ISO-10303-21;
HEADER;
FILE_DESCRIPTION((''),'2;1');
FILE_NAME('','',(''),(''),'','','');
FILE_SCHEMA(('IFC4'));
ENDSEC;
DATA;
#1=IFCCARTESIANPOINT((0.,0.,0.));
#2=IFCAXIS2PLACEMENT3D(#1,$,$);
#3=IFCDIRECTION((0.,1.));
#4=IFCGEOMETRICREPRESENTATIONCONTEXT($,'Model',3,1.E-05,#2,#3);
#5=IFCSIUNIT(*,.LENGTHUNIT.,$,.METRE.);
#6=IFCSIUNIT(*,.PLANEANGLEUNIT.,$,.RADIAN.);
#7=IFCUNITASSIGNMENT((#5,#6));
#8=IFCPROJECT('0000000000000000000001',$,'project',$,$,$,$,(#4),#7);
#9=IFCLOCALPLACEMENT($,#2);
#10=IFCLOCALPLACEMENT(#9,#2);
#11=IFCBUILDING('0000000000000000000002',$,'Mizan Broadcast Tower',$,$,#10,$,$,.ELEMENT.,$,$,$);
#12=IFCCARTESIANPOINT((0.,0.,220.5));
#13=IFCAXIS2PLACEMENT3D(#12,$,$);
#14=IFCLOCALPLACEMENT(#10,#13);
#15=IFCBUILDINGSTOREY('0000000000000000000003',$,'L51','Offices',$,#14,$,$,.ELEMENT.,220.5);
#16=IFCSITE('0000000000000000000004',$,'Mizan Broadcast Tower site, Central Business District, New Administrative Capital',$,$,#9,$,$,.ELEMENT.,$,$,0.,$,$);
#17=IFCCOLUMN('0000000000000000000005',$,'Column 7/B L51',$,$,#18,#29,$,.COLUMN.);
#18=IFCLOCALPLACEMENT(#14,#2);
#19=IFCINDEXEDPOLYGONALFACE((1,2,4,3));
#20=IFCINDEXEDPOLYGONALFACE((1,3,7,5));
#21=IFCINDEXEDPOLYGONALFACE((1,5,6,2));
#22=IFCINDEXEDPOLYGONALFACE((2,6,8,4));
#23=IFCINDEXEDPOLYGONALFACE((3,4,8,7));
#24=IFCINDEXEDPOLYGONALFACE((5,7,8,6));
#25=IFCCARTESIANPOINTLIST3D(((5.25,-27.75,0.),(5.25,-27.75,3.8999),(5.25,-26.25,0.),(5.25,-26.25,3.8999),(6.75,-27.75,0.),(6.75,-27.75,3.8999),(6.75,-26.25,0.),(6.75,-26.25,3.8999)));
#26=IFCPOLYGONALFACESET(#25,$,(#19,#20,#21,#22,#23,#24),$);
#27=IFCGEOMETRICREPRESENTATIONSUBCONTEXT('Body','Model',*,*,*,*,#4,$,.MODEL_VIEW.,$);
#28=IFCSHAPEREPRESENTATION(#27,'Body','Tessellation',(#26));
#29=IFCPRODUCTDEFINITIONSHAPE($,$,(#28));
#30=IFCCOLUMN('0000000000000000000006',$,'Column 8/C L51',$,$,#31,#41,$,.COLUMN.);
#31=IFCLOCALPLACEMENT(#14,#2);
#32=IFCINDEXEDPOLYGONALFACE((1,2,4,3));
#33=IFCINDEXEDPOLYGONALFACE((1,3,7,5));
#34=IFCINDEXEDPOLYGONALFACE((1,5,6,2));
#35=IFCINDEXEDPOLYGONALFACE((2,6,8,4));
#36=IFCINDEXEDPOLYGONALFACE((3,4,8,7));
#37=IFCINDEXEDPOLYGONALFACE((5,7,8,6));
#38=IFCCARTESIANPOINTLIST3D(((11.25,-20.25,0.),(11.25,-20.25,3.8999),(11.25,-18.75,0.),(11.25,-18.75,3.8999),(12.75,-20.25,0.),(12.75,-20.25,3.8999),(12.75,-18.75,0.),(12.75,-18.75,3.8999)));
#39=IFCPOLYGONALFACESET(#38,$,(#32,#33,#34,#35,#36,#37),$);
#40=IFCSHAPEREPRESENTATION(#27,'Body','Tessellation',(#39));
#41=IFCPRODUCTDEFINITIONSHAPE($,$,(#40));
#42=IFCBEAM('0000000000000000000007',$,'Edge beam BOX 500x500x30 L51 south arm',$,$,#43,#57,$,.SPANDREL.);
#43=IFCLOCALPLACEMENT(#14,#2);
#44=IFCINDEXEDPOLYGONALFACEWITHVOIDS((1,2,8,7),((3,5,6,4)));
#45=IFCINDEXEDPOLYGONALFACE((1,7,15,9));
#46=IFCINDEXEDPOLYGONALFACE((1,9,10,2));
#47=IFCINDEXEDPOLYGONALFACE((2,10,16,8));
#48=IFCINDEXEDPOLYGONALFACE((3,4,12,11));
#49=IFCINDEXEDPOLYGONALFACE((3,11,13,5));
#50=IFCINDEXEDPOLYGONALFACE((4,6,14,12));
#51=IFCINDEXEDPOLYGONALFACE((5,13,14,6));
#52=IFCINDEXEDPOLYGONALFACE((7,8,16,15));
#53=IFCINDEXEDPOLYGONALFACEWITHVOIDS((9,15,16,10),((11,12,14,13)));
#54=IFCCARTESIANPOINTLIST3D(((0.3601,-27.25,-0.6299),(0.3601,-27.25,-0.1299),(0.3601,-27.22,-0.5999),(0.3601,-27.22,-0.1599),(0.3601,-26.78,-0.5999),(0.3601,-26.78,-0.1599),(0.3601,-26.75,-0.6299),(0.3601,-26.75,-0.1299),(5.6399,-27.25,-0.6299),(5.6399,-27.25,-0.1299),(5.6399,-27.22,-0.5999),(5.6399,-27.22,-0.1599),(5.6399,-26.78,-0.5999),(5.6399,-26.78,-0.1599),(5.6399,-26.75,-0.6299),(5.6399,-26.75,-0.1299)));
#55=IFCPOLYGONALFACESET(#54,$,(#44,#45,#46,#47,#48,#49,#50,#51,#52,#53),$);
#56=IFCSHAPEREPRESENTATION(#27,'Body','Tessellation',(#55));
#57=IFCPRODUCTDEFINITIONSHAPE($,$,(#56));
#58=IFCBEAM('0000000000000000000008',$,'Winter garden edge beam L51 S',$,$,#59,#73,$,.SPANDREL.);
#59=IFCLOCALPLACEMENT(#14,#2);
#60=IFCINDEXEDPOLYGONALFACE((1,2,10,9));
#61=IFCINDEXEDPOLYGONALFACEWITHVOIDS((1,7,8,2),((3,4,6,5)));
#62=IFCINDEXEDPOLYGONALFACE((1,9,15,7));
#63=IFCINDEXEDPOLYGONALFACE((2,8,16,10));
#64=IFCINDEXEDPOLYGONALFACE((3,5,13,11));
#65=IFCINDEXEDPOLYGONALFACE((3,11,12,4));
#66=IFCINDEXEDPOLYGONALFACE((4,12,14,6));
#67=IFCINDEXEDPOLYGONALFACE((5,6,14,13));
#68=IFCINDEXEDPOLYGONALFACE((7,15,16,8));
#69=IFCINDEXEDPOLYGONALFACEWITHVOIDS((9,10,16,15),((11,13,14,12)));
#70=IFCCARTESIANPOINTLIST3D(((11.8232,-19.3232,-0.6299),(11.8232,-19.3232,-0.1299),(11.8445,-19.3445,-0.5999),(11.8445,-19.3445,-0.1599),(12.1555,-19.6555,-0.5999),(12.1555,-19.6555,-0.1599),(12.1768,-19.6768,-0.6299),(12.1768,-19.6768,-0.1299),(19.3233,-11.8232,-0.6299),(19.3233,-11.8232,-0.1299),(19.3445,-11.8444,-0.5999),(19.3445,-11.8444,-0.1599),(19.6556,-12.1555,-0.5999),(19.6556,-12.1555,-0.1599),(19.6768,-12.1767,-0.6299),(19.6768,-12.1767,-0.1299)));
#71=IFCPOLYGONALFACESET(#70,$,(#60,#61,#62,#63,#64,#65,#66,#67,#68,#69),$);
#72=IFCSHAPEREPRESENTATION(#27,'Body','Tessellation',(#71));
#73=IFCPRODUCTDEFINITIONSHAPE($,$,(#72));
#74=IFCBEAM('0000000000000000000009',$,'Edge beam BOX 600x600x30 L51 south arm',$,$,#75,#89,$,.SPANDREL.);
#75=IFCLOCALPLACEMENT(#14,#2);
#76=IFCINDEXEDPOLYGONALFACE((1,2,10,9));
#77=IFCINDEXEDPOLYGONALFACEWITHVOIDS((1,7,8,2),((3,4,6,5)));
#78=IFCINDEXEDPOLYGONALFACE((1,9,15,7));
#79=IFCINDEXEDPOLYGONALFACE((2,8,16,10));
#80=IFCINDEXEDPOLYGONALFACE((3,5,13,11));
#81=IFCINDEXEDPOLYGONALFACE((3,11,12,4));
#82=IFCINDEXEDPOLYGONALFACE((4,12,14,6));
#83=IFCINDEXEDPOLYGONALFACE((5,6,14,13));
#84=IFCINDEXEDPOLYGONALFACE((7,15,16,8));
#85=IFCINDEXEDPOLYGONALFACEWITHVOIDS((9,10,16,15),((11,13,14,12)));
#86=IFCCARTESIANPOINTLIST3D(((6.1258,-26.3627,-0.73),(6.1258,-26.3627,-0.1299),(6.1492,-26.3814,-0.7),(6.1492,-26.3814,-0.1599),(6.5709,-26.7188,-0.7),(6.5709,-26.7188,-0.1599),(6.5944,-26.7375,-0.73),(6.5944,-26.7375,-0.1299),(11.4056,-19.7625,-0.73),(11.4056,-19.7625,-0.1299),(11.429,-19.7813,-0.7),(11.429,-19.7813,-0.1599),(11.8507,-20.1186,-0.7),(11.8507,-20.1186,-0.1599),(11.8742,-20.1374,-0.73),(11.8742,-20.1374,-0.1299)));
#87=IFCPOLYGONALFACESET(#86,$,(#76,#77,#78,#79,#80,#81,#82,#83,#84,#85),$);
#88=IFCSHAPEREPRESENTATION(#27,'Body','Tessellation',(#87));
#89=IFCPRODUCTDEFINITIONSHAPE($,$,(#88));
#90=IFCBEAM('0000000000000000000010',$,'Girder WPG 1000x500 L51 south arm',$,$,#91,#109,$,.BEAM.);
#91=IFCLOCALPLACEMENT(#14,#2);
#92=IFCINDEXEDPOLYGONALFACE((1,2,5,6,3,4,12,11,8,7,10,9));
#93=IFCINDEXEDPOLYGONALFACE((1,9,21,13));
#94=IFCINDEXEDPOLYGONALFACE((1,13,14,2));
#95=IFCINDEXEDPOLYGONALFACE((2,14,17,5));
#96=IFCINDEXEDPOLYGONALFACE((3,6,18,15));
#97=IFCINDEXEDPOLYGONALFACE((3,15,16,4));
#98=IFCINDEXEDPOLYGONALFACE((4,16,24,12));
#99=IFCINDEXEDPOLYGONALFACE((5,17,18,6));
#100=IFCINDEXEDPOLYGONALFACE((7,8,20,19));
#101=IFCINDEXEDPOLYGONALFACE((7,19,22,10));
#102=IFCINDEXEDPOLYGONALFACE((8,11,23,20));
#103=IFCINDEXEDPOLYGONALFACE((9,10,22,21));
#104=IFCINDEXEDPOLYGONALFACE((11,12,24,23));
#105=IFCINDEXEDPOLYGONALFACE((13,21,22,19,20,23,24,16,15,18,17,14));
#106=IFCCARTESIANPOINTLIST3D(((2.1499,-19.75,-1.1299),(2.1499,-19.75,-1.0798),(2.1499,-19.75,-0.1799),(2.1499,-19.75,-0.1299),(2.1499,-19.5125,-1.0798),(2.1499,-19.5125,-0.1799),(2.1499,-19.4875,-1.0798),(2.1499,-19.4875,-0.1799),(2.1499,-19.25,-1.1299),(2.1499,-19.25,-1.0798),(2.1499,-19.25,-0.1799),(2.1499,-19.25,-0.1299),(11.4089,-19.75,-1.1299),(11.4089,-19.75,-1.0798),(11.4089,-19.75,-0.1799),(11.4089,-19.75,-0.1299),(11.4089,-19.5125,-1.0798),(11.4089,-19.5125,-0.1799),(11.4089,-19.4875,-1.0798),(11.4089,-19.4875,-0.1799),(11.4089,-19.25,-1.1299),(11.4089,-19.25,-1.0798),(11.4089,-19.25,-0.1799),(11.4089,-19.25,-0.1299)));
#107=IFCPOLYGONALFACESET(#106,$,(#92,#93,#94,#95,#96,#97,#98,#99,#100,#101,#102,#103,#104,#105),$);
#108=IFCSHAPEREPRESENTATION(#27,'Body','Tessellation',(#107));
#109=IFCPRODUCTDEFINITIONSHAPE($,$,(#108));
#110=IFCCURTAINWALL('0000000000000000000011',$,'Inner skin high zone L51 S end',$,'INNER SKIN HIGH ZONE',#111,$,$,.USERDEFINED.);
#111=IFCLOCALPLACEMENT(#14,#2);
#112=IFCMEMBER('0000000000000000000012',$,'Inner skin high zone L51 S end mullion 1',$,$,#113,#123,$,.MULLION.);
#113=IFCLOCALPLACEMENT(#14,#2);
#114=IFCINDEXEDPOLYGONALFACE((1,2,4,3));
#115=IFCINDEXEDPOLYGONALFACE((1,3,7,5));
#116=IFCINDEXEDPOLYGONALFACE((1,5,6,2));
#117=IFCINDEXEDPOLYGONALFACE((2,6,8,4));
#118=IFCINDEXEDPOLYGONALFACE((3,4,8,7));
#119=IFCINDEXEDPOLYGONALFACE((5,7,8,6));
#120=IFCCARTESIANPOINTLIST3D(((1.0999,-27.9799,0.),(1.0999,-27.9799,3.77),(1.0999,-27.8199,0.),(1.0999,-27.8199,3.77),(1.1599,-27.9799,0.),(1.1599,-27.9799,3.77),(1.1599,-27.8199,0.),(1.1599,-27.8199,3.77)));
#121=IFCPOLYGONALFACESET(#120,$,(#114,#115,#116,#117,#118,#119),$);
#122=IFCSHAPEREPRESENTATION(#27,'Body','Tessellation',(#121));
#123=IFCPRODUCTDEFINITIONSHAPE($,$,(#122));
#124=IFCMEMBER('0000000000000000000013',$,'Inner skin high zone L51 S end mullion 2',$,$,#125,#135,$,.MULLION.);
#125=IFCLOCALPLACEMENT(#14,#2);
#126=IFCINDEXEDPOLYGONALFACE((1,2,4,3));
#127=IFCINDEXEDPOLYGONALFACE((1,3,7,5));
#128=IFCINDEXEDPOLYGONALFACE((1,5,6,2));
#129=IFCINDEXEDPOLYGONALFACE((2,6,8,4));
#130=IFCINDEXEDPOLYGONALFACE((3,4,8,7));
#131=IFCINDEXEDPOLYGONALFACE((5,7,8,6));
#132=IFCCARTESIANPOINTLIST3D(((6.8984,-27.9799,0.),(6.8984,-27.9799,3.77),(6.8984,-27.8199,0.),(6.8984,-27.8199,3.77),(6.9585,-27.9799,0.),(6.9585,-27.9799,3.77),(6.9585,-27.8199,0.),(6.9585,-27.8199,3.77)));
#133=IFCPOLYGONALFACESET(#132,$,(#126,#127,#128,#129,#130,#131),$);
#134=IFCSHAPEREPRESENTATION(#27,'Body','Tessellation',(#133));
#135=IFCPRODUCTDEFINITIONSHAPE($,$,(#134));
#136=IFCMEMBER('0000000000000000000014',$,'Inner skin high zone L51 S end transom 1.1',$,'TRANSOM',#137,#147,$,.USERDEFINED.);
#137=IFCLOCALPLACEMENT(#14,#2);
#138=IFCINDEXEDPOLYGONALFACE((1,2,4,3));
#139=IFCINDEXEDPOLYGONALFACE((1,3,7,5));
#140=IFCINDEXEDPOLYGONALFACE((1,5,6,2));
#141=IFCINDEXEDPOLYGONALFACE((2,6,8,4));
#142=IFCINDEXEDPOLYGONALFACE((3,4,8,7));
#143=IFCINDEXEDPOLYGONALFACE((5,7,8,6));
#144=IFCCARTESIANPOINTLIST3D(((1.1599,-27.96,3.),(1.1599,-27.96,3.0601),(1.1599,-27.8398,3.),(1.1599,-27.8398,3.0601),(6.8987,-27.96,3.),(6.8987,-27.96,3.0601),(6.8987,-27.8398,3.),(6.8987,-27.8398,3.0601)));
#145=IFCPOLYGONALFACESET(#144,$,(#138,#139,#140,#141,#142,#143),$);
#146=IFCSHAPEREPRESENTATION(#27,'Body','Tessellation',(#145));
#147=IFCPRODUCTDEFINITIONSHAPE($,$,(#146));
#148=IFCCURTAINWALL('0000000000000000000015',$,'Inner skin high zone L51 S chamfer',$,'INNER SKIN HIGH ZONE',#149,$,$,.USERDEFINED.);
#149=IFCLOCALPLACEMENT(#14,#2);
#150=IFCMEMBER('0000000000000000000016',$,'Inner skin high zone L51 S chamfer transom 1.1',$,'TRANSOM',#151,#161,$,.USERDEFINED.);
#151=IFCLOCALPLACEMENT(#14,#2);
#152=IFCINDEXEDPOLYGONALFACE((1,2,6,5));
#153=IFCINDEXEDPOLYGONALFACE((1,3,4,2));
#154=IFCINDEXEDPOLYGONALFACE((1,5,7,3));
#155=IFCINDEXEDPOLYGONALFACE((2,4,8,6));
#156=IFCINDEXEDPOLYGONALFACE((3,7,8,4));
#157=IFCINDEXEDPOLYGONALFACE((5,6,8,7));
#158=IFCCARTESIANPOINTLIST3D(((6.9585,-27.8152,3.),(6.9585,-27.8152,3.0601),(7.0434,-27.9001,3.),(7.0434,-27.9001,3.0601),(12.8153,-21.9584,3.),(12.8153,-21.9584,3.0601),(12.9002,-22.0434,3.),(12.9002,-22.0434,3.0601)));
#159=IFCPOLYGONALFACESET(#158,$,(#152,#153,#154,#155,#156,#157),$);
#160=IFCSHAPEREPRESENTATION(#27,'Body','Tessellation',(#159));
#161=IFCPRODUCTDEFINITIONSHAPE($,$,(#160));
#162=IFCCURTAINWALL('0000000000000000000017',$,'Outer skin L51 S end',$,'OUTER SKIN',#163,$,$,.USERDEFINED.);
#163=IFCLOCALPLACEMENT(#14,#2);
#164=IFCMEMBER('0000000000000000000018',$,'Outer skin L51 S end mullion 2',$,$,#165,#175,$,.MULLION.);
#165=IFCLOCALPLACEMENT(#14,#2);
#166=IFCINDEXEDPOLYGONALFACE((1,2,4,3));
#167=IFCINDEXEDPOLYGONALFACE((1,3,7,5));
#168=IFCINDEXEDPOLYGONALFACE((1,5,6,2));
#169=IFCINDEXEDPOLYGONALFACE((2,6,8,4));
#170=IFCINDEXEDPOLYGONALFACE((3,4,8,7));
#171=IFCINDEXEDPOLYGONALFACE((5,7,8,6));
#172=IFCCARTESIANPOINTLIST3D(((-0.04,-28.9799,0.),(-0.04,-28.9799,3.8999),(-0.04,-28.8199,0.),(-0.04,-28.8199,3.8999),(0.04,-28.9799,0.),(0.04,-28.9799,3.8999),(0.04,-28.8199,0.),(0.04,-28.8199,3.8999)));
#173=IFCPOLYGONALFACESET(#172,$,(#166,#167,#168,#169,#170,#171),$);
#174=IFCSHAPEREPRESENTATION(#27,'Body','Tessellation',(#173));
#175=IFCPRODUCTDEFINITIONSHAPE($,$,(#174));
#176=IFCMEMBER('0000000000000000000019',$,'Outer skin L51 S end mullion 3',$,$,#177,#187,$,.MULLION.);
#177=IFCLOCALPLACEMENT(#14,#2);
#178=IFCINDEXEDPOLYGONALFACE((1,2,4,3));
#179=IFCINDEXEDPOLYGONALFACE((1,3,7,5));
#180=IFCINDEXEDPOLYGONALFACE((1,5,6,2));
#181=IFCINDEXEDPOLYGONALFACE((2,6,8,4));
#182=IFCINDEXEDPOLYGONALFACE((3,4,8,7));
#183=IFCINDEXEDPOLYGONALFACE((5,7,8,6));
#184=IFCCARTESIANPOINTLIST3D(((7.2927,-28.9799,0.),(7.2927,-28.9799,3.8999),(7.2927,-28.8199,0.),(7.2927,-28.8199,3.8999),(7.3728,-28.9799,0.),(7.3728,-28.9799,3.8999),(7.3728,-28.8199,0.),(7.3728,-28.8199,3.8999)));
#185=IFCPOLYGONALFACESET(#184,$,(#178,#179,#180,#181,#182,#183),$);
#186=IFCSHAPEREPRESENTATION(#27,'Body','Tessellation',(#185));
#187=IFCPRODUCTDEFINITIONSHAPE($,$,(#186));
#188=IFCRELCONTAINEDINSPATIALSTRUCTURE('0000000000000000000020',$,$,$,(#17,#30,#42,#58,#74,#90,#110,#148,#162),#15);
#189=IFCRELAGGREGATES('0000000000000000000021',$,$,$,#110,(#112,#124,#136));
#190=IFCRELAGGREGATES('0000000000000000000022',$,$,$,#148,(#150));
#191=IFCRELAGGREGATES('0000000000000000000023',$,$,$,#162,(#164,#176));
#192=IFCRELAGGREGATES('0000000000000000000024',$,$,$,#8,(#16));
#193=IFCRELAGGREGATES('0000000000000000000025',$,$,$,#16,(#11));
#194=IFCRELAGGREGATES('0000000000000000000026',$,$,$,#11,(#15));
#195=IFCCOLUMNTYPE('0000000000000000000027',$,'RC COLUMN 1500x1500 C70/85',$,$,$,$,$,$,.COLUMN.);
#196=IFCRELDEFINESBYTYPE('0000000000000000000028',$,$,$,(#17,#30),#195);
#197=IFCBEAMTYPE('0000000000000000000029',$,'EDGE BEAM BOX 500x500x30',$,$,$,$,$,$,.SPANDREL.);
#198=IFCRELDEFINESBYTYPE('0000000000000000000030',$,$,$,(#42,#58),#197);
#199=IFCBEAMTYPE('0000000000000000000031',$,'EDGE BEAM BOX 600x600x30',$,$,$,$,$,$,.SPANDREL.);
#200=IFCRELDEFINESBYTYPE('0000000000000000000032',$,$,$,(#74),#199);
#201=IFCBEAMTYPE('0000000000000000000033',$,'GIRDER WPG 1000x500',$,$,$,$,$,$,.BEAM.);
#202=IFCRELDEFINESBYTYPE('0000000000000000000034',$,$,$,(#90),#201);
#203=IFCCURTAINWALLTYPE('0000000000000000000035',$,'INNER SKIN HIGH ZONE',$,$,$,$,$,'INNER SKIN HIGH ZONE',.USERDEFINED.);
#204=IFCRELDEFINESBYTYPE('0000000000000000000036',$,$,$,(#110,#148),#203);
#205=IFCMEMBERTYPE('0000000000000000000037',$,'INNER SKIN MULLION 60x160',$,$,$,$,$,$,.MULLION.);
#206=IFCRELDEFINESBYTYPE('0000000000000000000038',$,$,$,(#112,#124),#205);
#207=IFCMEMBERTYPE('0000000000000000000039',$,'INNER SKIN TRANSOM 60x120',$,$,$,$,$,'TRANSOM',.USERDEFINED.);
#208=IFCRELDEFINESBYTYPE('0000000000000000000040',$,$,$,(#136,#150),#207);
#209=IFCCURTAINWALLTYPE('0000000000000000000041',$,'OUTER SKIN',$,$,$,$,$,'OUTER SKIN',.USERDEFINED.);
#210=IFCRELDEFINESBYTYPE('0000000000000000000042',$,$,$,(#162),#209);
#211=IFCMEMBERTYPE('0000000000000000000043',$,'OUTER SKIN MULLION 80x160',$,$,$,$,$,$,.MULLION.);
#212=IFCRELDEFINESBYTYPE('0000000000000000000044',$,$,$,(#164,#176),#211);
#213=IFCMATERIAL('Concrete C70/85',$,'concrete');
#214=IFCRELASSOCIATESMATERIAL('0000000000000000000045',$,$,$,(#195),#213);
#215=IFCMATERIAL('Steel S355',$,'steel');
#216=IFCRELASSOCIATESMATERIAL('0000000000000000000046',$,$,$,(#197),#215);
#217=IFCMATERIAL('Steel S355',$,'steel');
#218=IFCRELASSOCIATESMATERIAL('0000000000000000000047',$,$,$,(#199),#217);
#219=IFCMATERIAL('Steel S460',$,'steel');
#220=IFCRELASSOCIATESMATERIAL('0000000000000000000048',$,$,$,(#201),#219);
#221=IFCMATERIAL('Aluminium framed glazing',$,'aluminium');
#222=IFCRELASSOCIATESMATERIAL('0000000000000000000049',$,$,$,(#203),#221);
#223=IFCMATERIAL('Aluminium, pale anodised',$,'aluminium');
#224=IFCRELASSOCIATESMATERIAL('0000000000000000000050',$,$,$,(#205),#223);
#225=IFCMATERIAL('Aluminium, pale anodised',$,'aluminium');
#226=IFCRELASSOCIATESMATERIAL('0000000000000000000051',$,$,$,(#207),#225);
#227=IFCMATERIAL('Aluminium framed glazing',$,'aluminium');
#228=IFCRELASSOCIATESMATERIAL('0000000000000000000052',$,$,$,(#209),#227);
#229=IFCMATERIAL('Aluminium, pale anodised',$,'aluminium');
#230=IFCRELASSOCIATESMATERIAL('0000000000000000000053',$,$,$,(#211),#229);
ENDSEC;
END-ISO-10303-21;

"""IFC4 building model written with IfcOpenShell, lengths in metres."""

from ifc_helpers import new_model, si_unit, direction, frame, origin, origin_2d, place, context, subcontext, project, spatial, rectangle, hollow_rectangle, i_section, extrude, material, material_profile, profile_set, type_object, element, aggregate, save


model = new_model("IFC4")

# Units and contexts
model_context = context("Model", 3, precision=1e-05, world=origin(), true_north=direction((0.0, 1.0)))
body_context = subcontext(model_context, "Body", "Model", "MODEL_VIEW")
ifc_project = project(units=[si_unit("LENGTHUNIT", "METRE"), si_unit("PLANEANGLEUNIT", "RADIAN")], contexts=[model_context])

# Site, building, storey
site_placement = place(None, origin())
site = spatial("IfcSite", under=ifc_project, at=site_placement, Name="Mizan Broadcast Tower site, Central Business District, New Administrative Capital", CompositionType="ELEMENT", RefElevation=0.0)
building_placement = place(site_placement, origin())
building = spatial("IfcBuilding", under=site, at=building_placement, Name="Mizan Broadcast Tower", CompositionType="ELEMENT")
storey_placement = place(building_placement, frame((0.0, 0.0, 220.5)))
storey = spatial("IfcBuildingStorey", under=building, at=storey_placement, Name="L51", Description="Offices", CompositionType="ELEMENT", Elevation=220.5)

# Columns
ifc_material_1 = material(Name="Concrete C70/85", Category="concrete")
ifc_material_profile_1 = material_profile(ifc_material_1, rectangle(XDim=1.5, YDim=1.5, at=origin_2d()), Name="RC 1500x1500")
ifc_profile_set_1 = profile_set([ifc_material_profile_1], Name="Concrete C70/85")
column_type = type_object("IfcColumnType", Name="RC COLUMN 1500x1500 C70/85", PredefinedType="COLUMN", material=ifc_profile_set_1)
for number, where, z_axis, x_axis, name in (
    (1, (6.0, -27.0, 0.0), (0.0, 0.0, 1.0), (1.0, 0.0, 0.0), "Column 7/B L51"),
    (2, (12.0, -19.5, 0.0), (0.0, 0.0, 1.0), (1.0, 0.0, 0.0), "Column 8/C L51"),
):
    element("IfcColumn", number, at=place(storey_placement, frame(where, z_axis=z_axis, x_axis=x_axis)), inside=storey, type_object=column_type, Name=name, PredefinedType="COLUMN", context=body_context, shape_type="SweptSolid", body=[
        extrude(rectangle(XDim=1.5, YDim=1.5, at=origin_2d()), origin(), (0.0, 0.0, 1.0), 3.8999),
    ])

# Beams
ifc_material_2 = material(Name="Steel S355", Category="steel")
ifc_material_profile_2 = material_profile(ifc_material_2, hollow_rectangle(XDim=0.5, YDim=0.5, WallThickness=0.03, at=origin_2d()), Name="BOX 500x500x30")
ifc_profile_set_2 = profile_set([ifc_material_profile_2], Name="Steel S355")
beam_type_1 = type_object("IfcBeamType", Name="EDGE BEAM BOX 500x500x30", PredefinedType="SPANDREL", material=ifc_profile_set_2)
beam_1_placement = place(storey_placement, frame((5.6399, -27.0, -0.3799), z_axis=(-1.0, 0.0, 0.0), x_axis=(0.0, -1.0, 0.0)))
element("IfcBeam", 3, at=beam_1_placement, inside=storey, type_object=beam_type_1, Name="Edge beam BOX 500x500x30 L51 south arm", PredefinedType="SPANDREL", context=body_context, shape_type="SweptSolid", body=[
    extrude(hollow_rectangle(XDim=0.5, YDim=0.5, WallThickness=0.03, at=origin_2d()), origin(), (0.0, 0.0, 1.0), 5.2798),
])
beam_2_placement = place(storey_placement, frame((12.0, -19.5, -0.3799), z_axis=(0.707107, 0.707107, 0.0), x_axis=(-0.707107, 0.707107, 0.0)))
element("IfcBeam", 4, at=beam_2_placement, inside=storey, type_object=beam_type_1, Name="Winter garden edge beam L51 S", PredefinedType="SPANDREL", context=body_context, shape_type="SweptSolid", body=[
    extrude(hollow_rectangle(XDim=0.5, YDim=0.5, WallThickness=0.03, at=origin_2d()), origin(), (0.0, 0.0, 1.0), 10.6067),
])
ifc_material_3 = material(Name="Steel S355", Category="steel")
ifc_material_profile_3 = material_profile(ifc_material_3, hollow_rectangle(XDim=0.6001, YDim=0.6001, WallThickness=0.03, at=origin_2d()), Name="BOX 600x600x30")
ifc_profile_set_3 = profile_set([ifc_material_profile_3], Name="Steel S355")
beam_type_2 = type_object("IfcBeamType", Name="EDGE BEAM BOX 600x600x30", PredefinedType="SPANDREL", material=ifc_profile_set_3)
beam_3_placement = place(storey_placement, frame((11.6399, -19.95, -0.4299), z_axis=(-0.624674, -0.780886, 0.0), x_axis=(0.780886, -0.624674, 0.0)))
element("IfcBeam", 5, at=beam_3_placement, inside=storey, type_object=beam_type_2, Name="Edge beam BOX 600x600x30 L51 south arm", PredefinedType="SPANDREL", context=body_context, shape_type="SweptSolid", body=[
    extrude(hollow_rectangle(XDim=0.6001, YDim=0.6001, WallThickness=0.03, at=origin_2d()), origin(), (0.0, 0.0, 1.0), 8.4521),
])
ifc_material_4 = material(Name="Steel S460", Category="steel")
ifc_material_profile_4 = material_profile(ifc_material_4, i_section(OverallWidth=0.5, OverallDepth=1.0, WebThickness=0.0249, FlangeThickness=0.05, at=origin_2d()), Name="WPG 1000x500")
ifc_profile_set_4 = profile_set([ifc_material_profile_4], Name="Steel S460")
beam_type_3 = type_object("IfcBeamType", Name="GIRDER WPG 1000x500", PredefinedType="BEAM", material=ifc_profile_set_4)
beam_4_placement = place(storey_placement, frame((11.4089, -19.5, -0.6299), z_axis=(-1.0, 0.0, 0.0), x_axis=(0.0, -1.0, 0.0)))
element("IfcBeam", 6, at=beam_4_placement, inside=storey, type_object=beam_type_3, Name="Girder WPG 1000x500 L51 south arm", PredefinedType="BEAM", context=body_context, shape_type="SweptSolid", body=[
    extrude(i_section(OverallWidth=0.5, OverallDepth=1.0, WebThickness=0.0249, FlangeThickness=0.05, at=origin_2d()), origin(), (0.0, 0.0, 1.0), 9.259),
])

# Curtain wall, members
ifc_material_5 = material(Name="Aluminium framed glazing", Category="aluminium")
curtain_wall_type_1 = type_object("IfcCurtainWallType", Name="INNER SKIN HIGH ZONE", ElementType="INNER SKIN HIGH ZONE", PredefinedType="USERDEFINED", material=ifc_material_5)
curtain_wall_1_placement = place(storey_placement, origin())
curtain_wall_1 = element("IfcCurtainWall", 7, at=curtain_wall_1_placement, inside=storey, type_object=curtain_wall_type_1, Name="Inner skin high zone L51 S end", ObjectType="INNER SKIN HIGH ZONE", PredefinedType="USERDEFINED")
ifc_material_6 = material(Name="Aluminium, pale anodised", Category="aluminium")
ifc_material_profile_5 = material_profile(ifc_material_6, rectangle(XDim=0.1599, YDim=0.0601, at=origin_2d()), Name="MULLION 160x60")
ifc_profile_set_5 = profile_set([ifc_material_profile_5], Name="Aluminium, pale anodised")
member_type_1 = type_object("IfcMemberType", Name="INNER SKIN MULLION 60x160", PredefinedType="MULLION", material=ifc_profile_set_5)
member_1_placement = place(storey_placement, frame((1.1299, -27.8999, 0.0), z_axis=(0.0, 0.0, 1.0), x_axis=(0.0, 1.0, 0.0)))
member_1 = element("IfcMember", 8, at=member_1_placement, type_object=member_type_1, Name="Inner skin high zone L51 S end mullion 1", PredefinedType="MULLION", context=body_context, shape_type="SweptSolid", body=[
    extrude(rectangle(XDim=0.1599, YDim=0.0601, at=origin_2d()), origin(), (0.0, 0.0, 1.0), 3.77),
])
member_2_placement = place(storey_placement, frame((6.9285, -27.8999, 0.0), z_axis=(0.0, 0.0, 1.0), x_axis=(0.0, 1.0, 0.0)))
member_2 = element("IfcMember", 9, at=member_2_placement, type_object=member_type_1, Name="Inner skin high zone L51 S end mullion 2", PredefinedType="MULLION", context=body_context, shape_type="SweptSolid", body=[
    extrude(rectangle(XDim=0.1599, YDim=0.0601, at=origin_2d()), origin(), (0.0, 0.0, 1.0), 3.77),
])
ifc_material_7 = material(Name="Aluminium, pale anodised", Category="aluminium")
ifc_material_profile_6 = material_profile(ifc_material_7, rectangle(XDim=0.1201, YDim=0.0601, at=origin_2d()), Name="TRANSOM 120x60")
ifc_profile_set_6 = profile_set([ifc_material_profile_6], Name="Aluminium, pale anodised")
member_type_2 = type_object("IfcMemberType", Name="INNER SKIN TRANSOM 60x120", ElementType="TRANSOM", PredefinedType="USERDEFINED", material=ifc_profile_set_6)
member_3_placement = place(storey_placement, frame((1.1599, -27.8999, 3.03), z_axis=(1.0, 0.0, 0.0), x_axis=(0.0, 1.0, 0.0)))
member_3 = element("IfcMember", 10, at=member_3_placement, type_object=member_type_2, Name="Inner skin high zone L51 S end transom 1.1", ObjectType="TRANSOM", PredefinedType="USERDEFINED", context=body_context, shape_type="SweptSolid", body=[
    extrude(rectangle(XDim=0.1201, YDim=0.0601, at=origin_2d()), origin(), (0.0, 0.0, 1.0), 5.7388),
])

# Curtain wall, member
curtain_wall_2_placement = place(storey_placement, origin())
curtain_wall_2 = element("IfcCurtainWall", 11, at=curtain_wall_2_placement, inside=storey, type_object=curtain_wall_type_1, Name="Inner skin high zone L51 S chamfer", ObjectType="INNER SKIN HIGH ZONE", PredefinedType="USERDEFINED")
member_4_placement = place(storey_placement, frame((7.001, -27.8577, 3.03), z_axis=(0.707107, 0.707107, 0.0), x_axis=(-0.707107, 0.707107, 0.0)))
member_4 = element("IfcMember", 12, at=member_4_placement, type_object=member_type_2, Name="Inner skin high zone L51 S chamfer transom 1.1", ObjectType="TRANSOM", PredefinedType="USERDEFINED", context=body_context, shape_type="SweptSolid", body=[
    extrude(rectangle(XDim=0.1201, YDim=0.0601, at=origin_2d()), origin(), (0.0, 0.0, 1.0), 8.2827),
])

# Curtain wall, members
ifc_material_8 = material(Name="Aluminium framed glazing", Category="aluminium")
curtain_wall_type_2 = type_object("IfcCurtainWallType", Name="OUTER SKIN", ElementType="OUTER SKIN", PredefinedType="USERDEFINED", material=ifc_material_8)
curtain_wall_3_placement = place(storey_placement, origin())
curtain_wall_3 = element("IfcCurtainWall", 13, at=curtain_wall_3_placement, inside=storey, type_object=curtain_wall_type_2, Name="Outer skin L51 S end", ObjectType="OUTER SKIN", PredefinedType="USERDEFINED")
ifc_material_9 = material(Name="Aluminium, pale anodised", Category="aluminium")
ifc_material_profile_7 = material_profile(ifc_material_9, rectangle(XDim=0.1599, YDim=0.0801, at=origin_2d()), Name="MULLION 160x80")
ifc_profile_set_7 = profile_set([ifc_material_profile_7], Name="Aluminium, pale anodised")
member_type_3 = type_object("IfcMemberType", Name="OUTER SKIN MULLION 80x160", PredefinedType="MULLION", material=ifc_profile_set_7)
member_5_placement = place(storey_placement, frame((0.0, -28.8999, 0.0), z_axis=(0.0, 0.0, 1.0), x_axis=(0.0, 1.0, 0.0)))
member_5 = element("IfcMember", 14, at=member_5_placement, type_object=member_type_3, Name="Outer skin L51 S end mullion 2", PredefinedType="MULLION", context=body_context, shape_type="SweptSolid", body=[
    extrude(rectangle(XDim=0.1599, YDim=0.0801, at=origin_2d()), origin(), (0.0, 0.0, 1.0), 3.8999),
])
member_6_placement = place(storey_placement, frame((7.3328, -28.8999, 0.0), z_axis=(0.0, 0.0, 1.0), x_axis=(0.0, 1.0, 0.0)))
member_6 = element("IfcMember", 15, at=member_6_placement, type_object=member_type_3, Name="Outer skin L51 S end mullion 3", PredefinedType="MULLION", context=body_context, shape_type="SweptSolid", body=[
    extrude(rectangle(XDim=0.1599, YDim=0.0801, at=origin_2d()), origin(), (0.0, 0.0, 1.0), 3.8999),
])

aggregate(curtain_wall_1, [member_1, member_2, member_3])
aggregate(curtain_wall_2, [member_4])
aggregate(curtain_wall_3, [member_5, member_6])

save(model, "model.ifc")
